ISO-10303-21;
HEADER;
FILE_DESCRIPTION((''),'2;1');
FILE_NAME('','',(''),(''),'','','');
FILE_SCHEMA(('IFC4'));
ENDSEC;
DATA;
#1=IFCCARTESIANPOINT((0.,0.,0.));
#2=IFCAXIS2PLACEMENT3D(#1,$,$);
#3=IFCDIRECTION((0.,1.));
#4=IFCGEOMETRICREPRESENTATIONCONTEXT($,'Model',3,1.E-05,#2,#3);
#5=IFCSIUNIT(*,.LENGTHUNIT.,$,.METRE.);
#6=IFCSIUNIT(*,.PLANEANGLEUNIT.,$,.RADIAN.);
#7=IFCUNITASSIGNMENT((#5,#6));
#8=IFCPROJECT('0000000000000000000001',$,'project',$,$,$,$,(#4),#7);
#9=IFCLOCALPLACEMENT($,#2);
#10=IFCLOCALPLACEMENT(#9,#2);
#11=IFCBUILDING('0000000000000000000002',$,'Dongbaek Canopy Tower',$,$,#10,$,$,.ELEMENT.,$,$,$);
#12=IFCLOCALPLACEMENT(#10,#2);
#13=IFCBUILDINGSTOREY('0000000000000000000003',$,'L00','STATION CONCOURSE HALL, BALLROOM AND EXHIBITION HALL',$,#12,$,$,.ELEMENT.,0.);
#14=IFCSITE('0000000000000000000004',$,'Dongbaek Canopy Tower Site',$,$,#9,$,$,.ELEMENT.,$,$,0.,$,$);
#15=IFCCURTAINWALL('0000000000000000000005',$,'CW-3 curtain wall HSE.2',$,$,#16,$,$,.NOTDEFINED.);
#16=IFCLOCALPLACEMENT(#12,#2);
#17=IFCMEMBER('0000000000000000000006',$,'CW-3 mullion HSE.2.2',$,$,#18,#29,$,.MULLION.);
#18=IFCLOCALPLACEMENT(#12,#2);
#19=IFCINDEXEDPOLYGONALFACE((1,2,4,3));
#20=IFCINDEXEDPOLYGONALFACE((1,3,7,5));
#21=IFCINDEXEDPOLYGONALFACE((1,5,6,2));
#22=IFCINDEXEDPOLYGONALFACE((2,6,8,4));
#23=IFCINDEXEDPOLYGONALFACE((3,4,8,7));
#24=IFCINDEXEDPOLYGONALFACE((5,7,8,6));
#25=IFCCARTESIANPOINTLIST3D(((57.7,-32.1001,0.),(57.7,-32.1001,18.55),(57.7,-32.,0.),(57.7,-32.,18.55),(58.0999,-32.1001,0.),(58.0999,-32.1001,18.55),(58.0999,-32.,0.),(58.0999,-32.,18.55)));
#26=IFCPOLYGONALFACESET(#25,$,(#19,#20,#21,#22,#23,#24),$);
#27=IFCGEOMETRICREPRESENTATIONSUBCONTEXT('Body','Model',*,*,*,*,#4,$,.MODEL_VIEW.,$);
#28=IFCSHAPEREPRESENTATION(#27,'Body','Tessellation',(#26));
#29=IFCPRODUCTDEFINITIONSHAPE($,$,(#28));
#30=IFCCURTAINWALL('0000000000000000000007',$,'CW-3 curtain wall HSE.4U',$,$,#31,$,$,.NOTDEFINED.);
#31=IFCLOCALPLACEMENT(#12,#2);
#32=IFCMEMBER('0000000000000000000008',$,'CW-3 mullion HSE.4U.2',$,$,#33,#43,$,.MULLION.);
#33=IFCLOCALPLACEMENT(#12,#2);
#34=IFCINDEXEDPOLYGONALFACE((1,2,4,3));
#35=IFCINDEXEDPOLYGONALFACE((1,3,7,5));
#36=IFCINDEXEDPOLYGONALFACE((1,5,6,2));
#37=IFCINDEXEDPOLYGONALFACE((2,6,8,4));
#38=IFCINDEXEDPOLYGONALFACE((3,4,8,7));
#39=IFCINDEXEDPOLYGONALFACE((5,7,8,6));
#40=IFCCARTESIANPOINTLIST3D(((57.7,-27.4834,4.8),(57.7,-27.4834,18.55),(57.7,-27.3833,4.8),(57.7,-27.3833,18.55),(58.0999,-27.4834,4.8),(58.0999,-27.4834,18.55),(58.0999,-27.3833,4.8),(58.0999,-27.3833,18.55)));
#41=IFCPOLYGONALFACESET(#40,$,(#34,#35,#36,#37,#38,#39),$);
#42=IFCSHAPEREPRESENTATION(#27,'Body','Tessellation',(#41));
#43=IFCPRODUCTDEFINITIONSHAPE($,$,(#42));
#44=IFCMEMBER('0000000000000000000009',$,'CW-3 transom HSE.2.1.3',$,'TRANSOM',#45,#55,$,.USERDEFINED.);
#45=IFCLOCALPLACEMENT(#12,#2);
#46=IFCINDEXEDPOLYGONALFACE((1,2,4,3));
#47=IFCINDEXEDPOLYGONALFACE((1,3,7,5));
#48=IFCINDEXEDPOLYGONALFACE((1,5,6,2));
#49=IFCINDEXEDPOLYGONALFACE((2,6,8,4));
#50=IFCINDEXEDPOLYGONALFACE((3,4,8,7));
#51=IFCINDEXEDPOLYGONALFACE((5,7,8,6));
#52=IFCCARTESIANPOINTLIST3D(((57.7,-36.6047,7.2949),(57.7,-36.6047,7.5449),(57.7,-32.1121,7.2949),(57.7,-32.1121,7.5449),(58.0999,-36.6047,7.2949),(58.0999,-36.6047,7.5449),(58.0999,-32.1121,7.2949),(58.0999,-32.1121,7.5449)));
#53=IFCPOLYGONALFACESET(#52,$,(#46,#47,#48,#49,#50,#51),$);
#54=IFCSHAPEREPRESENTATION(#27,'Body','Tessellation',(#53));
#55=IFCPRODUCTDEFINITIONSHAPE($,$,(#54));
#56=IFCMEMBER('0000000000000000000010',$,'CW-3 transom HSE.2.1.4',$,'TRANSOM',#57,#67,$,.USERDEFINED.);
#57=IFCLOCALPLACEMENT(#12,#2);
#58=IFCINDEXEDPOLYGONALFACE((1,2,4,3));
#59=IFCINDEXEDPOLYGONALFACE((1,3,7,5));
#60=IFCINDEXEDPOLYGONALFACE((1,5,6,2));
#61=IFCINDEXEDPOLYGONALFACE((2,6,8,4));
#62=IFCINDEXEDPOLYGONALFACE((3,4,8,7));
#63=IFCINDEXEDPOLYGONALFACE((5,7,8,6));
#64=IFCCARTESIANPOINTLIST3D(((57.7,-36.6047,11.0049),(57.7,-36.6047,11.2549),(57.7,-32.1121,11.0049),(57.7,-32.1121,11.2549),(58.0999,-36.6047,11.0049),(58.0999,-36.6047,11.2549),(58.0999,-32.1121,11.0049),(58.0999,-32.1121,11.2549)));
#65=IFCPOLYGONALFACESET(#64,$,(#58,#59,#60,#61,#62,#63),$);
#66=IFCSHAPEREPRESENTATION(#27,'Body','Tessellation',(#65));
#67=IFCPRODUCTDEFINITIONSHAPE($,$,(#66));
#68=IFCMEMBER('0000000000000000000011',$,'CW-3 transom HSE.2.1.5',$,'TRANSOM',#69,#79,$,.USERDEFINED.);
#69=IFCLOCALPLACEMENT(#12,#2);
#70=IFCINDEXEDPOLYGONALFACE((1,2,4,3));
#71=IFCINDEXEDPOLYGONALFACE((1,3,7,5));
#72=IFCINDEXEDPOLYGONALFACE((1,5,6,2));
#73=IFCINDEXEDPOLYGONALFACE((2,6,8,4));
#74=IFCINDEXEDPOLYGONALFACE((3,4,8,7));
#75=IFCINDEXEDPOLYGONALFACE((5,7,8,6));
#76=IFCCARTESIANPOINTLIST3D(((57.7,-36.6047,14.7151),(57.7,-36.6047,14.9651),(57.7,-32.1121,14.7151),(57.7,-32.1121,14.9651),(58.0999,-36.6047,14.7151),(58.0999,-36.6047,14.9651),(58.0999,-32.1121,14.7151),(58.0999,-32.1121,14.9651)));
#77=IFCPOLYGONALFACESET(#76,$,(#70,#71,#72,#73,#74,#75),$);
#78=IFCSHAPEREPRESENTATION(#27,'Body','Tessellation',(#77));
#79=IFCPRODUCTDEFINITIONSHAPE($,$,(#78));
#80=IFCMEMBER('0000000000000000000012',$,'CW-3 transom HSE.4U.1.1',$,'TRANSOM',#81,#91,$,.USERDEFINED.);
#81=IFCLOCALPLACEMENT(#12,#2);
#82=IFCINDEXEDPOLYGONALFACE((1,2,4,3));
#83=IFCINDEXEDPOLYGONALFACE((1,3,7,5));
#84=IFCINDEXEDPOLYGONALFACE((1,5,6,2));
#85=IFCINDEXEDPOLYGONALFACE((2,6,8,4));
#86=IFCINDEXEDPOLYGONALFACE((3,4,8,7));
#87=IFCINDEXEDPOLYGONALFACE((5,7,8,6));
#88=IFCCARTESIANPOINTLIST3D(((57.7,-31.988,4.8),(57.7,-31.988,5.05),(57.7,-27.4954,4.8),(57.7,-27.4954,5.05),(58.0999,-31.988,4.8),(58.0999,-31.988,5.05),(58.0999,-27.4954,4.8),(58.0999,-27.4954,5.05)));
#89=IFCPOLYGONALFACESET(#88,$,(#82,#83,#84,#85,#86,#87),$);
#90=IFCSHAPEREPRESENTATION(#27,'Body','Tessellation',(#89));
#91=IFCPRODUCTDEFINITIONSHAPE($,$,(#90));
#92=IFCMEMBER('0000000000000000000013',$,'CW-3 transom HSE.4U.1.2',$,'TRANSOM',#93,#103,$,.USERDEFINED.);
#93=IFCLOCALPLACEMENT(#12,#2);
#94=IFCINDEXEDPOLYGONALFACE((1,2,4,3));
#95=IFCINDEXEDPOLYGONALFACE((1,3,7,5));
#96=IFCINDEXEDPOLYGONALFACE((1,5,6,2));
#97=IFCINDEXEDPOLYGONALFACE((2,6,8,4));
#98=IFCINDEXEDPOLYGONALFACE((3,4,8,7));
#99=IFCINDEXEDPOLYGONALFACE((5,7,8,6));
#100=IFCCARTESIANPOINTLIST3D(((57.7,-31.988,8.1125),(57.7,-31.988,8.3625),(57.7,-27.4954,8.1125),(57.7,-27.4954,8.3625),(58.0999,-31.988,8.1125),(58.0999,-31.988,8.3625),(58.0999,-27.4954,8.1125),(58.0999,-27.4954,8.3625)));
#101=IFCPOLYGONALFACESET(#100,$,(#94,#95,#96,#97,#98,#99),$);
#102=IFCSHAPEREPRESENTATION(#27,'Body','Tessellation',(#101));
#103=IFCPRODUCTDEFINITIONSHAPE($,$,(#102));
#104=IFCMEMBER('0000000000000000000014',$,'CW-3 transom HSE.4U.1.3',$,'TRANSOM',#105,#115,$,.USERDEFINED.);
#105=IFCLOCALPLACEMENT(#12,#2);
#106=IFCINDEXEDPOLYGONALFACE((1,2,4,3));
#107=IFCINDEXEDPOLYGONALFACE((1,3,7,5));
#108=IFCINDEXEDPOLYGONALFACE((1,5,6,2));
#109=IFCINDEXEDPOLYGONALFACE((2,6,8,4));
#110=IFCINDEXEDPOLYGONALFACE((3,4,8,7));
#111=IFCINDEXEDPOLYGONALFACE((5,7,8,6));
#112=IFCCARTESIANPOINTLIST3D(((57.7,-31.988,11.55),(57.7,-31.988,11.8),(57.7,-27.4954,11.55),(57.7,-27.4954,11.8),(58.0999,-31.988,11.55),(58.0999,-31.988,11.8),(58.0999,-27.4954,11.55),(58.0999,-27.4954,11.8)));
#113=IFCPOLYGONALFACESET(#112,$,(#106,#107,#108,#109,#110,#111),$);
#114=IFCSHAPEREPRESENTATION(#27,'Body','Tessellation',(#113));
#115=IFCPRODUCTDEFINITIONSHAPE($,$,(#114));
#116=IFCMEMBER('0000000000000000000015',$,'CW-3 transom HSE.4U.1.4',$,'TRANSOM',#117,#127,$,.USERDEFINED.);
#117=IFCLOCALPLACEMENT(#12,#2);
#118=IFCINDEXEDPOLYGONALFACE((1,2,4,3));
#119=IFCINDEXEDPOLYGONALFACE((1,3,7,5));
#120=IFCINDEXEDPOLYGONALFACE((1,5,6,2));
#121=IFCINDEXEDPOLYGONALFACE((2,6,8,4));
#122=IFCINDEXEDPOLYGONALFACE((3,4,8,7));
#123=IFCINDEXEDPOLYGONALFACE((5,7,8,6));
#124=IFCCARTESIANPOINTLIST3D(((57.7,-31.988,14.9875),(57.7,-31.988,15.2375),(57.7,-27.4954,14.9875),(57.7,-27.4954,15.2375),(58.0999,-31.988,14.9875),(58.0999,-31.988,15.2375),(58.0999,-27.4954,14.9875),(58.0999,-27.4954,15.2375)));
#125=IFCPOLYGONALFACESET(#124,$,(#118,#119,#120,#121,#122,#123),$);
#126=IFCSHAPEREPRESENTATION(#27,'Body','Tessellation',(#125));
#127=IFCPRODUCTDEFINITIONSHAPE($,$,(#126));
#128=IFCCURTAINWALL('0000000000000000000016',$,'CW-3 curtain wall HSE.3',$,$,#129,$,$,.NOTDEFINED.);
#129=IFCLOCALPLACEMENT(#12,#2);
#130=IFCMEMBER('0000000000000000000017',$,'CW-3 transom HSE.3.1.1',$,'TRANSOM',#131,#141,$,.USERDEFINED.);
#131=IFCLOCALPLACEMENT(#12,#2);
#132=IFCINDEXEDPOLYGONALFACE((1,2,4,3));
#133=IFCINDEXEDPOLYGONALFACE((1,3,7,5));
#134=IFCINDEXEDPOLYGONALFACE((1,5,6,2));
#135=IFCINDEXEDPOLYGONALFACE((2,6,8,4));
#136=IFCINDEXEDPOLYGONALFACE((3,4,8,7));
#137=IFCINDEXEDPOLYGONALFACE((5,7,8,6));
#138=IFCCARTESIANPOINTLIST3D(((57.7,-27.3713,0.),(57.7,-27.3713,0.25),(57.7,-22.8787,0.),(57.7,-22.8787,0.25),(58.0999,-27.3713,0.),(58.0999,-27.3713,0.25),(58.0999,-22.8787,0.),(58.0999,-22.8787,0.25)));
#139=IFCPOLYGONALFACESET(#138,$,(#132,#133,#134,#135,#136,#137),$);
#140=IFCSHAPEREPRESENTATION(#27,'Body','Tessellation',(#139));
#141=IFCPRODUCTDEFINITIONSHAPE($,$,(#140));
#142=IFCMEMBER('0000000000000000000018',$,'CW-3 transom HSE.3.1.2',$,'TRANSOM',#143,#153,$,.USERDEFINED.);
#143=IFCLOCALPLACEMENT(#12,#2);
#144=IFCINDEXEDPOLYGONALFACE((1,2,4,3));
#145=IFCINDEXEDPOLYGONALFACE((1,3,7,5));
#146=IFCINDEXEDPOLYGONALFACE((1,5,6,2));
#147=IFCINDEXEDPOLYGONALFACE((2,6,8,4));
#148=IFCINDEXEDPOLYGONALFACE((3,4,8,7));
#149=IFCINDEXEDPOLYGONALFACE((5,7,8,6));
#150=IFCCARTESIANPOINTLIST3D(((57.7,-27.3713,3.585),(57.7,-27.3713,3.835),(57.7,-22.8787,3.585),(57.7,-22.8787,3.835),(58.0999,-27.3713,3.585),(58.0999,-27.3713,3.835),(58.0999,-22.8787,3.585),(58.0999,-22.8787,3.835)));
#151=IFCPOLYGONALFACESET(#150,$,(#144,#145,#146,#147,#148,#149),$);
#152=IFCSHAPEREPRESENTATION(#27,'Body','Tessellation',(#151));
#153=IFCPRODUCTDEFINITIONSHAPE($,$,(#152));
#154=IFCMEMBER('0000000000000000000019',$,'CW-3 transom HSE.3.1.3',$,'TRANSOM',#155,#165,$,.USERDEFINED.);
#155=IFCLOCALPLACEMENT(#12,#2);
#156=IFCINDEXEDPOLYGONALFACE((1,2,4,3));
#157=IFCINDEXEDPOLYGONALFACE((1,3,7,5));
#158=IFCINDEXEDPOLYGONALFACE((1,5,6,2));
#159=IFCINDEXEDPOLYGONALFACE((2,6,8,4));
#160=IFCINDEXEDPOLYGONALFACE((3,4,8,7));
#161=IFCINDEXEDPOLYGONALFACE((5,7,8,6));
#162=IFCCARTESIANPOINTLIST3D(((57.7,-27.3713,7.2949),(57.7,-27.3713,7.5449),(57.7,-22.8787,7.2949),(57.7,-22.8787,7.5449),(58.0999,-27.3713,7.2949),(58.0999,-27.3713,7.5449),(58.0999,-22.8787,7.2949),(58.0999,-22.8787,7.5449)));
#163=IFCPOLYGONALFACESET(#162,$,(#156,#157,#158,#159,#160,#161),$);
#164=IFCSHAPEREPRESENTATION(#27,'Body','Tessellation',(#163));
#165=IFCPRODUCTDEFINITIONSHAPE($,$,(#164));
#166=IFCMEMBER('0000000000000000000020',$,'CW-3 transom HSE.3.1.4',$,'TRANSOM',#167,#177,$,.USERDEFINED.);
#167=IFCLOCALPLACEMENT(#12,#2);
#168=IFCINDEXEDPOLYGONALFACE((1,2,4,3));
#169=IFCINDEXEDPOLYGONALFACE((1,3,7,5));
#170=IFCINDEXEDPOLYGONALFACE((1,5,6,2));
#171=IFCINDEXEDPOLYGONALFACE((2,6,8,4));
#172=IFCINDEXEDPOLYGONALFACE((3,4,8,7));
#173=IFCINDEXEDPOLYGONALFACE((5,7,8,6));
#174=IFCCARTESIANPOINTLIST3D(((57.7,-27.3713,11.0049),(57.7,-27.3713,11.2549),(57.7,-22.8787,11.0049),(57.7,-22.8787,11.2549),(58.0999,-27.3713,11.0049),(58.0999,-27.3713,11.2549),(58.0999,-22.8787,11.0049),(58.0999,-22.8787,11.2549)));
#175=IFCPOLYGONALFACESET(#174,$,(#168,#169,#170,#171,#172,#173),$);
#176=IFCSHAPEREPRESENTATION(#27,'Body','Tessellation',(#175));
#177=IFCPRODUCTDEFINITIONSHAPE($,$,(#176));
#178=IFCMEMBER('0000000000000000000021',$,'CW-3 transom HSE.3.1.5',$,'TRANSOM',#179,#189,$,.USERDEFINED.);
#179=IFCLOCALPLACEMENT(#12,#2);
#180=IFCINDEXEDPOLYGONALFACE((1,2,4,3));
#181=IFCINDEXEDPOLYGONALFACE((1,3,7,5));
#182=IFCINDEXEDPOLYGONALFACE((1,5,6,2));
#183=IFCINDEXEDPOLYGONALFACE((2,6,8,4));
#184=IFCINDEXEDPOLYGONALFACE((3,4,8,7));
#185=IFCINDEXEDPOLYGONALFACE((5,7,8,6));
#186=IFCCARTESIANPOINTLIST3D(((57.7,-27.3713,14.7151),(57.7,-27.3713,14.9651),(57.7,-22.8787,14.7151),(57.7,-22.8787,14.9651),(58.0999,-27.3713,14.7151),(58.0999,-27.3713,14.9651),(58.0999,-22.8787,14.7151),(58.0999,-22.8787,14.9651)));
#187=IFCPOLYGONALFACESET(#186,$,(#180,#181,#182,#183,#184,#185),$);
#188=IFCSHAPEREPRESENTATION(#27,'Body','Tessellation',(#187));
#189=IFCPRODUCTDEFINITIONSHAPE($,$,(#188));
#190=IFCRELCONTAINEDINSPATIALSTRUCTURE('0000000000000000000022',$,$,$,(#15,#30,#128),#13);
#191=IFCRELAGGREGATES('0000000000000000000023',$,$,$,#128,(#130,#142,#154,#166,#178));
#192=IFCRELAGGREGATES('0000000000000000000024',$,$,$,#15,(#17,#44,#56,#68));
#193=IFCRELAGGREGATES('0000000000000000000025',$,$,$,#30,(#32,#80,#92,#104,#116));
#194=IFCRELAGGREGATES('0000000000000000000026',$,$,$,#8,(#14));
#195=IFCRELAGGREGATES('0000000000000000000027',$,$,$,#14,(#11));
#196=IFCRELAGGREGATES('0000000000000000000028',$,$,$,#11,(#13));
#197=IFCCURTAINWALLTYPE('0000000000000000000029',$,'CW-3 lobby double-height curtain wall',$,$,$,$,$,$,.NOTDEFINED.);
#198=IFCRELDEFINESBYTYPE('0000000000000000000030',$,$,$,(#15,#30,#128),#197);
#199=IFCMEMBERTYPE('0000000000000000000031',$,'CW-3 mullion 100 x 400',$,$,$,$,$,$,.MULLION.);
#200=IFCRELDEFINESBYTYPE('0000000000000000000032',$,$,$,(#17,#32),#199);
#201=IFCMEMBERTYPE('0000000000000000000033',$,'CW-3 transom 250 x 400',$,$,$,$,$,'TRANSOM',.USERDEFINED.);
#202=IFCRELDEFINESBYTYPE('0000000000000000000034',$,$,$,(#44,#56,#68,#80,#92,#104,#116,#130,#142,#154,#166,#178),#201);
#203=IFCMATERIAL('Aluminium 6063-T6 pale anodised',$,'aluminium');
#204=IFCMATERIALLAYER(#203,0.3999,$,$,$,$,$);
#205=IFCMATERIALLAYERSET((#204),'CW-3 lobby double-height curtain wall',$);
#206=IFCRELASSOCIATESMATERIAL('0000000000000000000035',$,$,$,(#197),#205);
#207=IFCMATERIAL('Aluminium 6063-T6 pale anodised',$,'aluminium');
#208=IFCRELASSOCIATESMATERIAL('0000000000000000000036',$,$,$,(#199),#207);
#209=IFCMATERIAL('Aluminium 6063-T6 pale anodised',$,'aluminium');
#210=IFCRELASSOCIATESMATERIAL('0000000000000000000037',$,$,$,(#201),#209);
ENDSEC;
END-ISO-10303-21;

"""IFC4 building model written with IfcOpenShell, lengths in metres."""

from ifc_helpers import new_model, si_unit, direction, frame, origin, origin_2d, place, context, subcontext, project, spatial, rectangle, extrude, material, layer, layer_set, material_profile, profile_set, type_object, element, aggregate, save


model = new_model("IFC4")

# Units and contexts
model_context = context("Model", 3, precision=1e-05, world=origin(), true_north=direction((0.0, 1.0)))
body_context = subcontext(model_context, "Body", "Model", "MODEL_VIEW")
ifc_project = project(units=[si_unit("LENGTHUNIT", "METRE"), si_unit("PLANEANGLEUNIT", "RADIAN")], contexts=[model_context])

# Site, building, storey
site_placement = place(None, origin())
site = spatial("IfcSite", under=ifc_project, at=site_placement, Name="Dongbaek Canopy Tower Site", CompositionType="ELEMENT", RefElevation=0.0)
building_placement = place(site_placement, origin())
building = spatial("IfcBuilding", under=site, at=building_placement, Name="Dongbaek Canopy Tower", CompositionType="ELEMENT")
storey_placement = place(building_placement, origin())
storey = spatial("IfcBuildingStorey", under=building, at=storey_placement, Name="L00", Description="STATION CONCOURSE HALL, BALLROOM AND EXHIBITION HALL", CompositionType="ELEMENT", Elevation=0.0)

# Curtain walls, members
ifc_material_1 = material(Name="Aluminium 6063-T6 pale anodised", Category="aluminium")
ifc_layer_1 = layer(ifc_material_1, 0.3999)
ifc_layer_set_1 = layer_set([ifc_layer_1], Name="CW-3 lobby double-height curtain wall")
curtain_wall_type = type_object("IfcCurtainWallType", Name="CW-3 lobby double-height curtain wall", PredefinedType="NOTDEFINED", material=ifc_layer_set_1)
curtain_wall_1_placement = place(storey_placement, origin())
curtain_wall_1 = element("IfcCurtainWall", 1, at=curtain_wall_1_placement, inside=storey, type_object=curtain_wall_type, Name="CW-3 curtain wall HSE.2", PredefinedType="NOTDEFINED")
ifc_material_2 = material(Name="Aluminium 6063-T6 pale anodised", Category="aluminium")
ifc_material_profile_1 = material_profile(ifc_material_2, rectangle(XDim=0.3999, YDim=0.1001, at=origin_2d()), Name="CW-3 mullion 100 x 400")
ifc_profile_set_1 = profile_set([ifc_material_profile_1], Name="Aluminium 6063-T6 pale anodised")
member_type_1 = type_object("IfcMemberType", Name="CW-3 mullion 100 x 400", PredefinedType="MULLION", material=ifc_profile_set_1)
member_1_placement = place(storey_placement, frame((57.8999, -32.05, 0.0), z_axis=(0.0, 0.0, 1.0), x_axis=(1.0, 0.0, 0.0)))
member_1 = element("IfcMember", 2, at=member_1_placement, type_object=member_type_1, Name="CW-3 mullion HSE.2.2", PredefinedType="MULLION", context=body_context, shape_type="SweptSolid", body=[
    extrude(rectangle(XDim=0.3999, YDim=0.1001, at=origin_2d()), origin(), (0.0, 0.0, 1.0), 18.55),
])
curtain_wall_2_placement = place(storey_placement, origin())
curtain_wall_2 = element("IfcCurtainWall", 3, at=curtain_wall_2_placement, inside=storey, type_object=curtain_wall_type, Name="CW-3 curtain wall HSE.4U", PredefinedType="NOTDEFINED")
member_2_placement = place(storey_placement, frame((57.8999, -27.4333, 4.8), z_axis=(0.0, 0.0, 1.0), x_axis=(1.0, 0.0, 0.0)))
member_2 = element("IfcMember", 4, at=member_2_placement, type_object=member_type_1, Name="CW-3 mullion HSE.4U.2", PredefinedType="MULLION", context=body_context, shape_type="SweptSolid", body=[
    extrude(rectangle(XDim=0.3999, YDim=0.1001, at=origin_2d()), origin(), (0.0, 0.0, 1.0), 13.75),
])

# Members
ifc_material_3 = material(Name="Aluminium 6063-T6 pale anodised", Category="aluminium")
ifc_material_profile_2 = material_profile(ifc_material_3, rectangle(XDim=0.3999, YDim=0.25, at=origin_2d()), Name="CW-3 transom 250 x 400")
ifc_profile_set_2 = profile_set([ifc_material_profile_2], Name="Aluminium 6063-T6 pale anodised")
member_type_2 = type_object("IfcMemberType", Name="CW-3 transom 250 x 400", ElementType="TRANSOM", PredefinedType="USERDEFINED", material=ifc_profile_set_2)
member_3_placement = place(storey_placement, frame((57.8999, -36.6047, 7.4199), z_axis=(0.0, 1.0, 0.0), x_axis=(-1.0, 0.0, 0.0)))
member_3 = element("IfcMember", 5, at=member_3_placement, type_object=member_type_2, Name="CW-3 transom HSE.2.1.3", ObjectType="TRANSOM", PredefinedType="USERDEFINED", context=body_context, shape_type="SweptSolid", body=[
    extrude(rectangle(XDim=0.3999, YDim=0.25, at=origin_2d()), origin(), (0.0, 0.0, 1.0), 4.4927),
])
member_4_placement = place(storey_placement, frame((57.8999, -36.6047, 11.1299), z_axis=(0.0, 1.0, 0.0), x_axis=(-1.0, 0.0, 0.0)))
member_4 = element("IfcMember", 6, at=member_4_placement, type_object=member_type_2, Name="CW-3 transom HSE.2.1.4", ObjectType="TRANSOM", PredefinedType="USERDEFINED", context=body_context, shape_type="SweptSolid", body=[
    extrude(rectangle(XDim=0.3999, YDim=0.25, at=origin_2d()), origin(), (0.0, 0.0, 1.0), 4.4927),
])
member_5_placement = place(storey_placement, frame((57.8999, -36.6047, 14.8401), z_axis=(0.0, 1.0, 0.0), x_axis=(-1.0, 0.0, 0.0)))
member_5 = element("IfcMember", 7, at=member_5_placement, type_object=member_type_2, Name="CW-3 transom HSE.2.1.5", ObjectType="TRANSOM", PredefinedType="USERDEFINED", context=body_context, shape_type="SweptSolid", body=[
    extrude(rectangle(XDim=0.3999, YDim=0.25, at=origin_2d()), origin(), (0.0, 0.0, 1.0), 4.4927),
])
member_6_placement = place(storey_placement, frame((57.8999, -31.988, 4.925), z_axis=(0.0, 1.0, 0.0), x_axis=(-1.0, 0.0, 0.0)))
member_6 = element("IfcMember", 8, at=member_6_placement, type_object=member_type_2, Name="CW-3 transom HSE.4U.1.1", ObjectType="TRANSOM", PredefinedType="USERDEFINED", context=body_context, shape_type="SweptSolid", body=[
    extrude(rectangle(XDim=0.3999, YDim=0.25, at=origin_2d()), origin(), (0.0, 0.0, 1.0), 4.4927),
])
member_7_placement = place(storey_placement, frame((57.8999, -31.988, 8.2375), z_axis=(0.0, 1.0, 0.0), x_axis=(-1.0, 0.0, 0.0)))
member_7 = element("IfcMember", 9, at=member_7_placement, type_object=member_type_2, Name="CW-3 transom HSE.4U.1.2", ObjectType="TRANSOM", PredefinedType="USERDEFINED", context=body_context, shape_type="SweptSolid", body=[
    extrude(rectangle(XDim=0.3999, YDim=0.25, at=origin_2d()), origin(), (0.0, 0.0, 1.0), 4.4927),
])
member_8_placement = place(storey_placement, frame((57.8999, -31.988, 11.675), z_axis=(0.0, 1.0, 0.0), x_axis=(-1.0, 0.0, 0.0)))
member_8 = element("IfcMember", 10, at=member_8_placement, type_object=member_type_2, Name="CW-3 transom HSE.4U.1.3", ObjectType="TRANSOM", PredefinedType="USERDEFINED", context=body_context, shape_type="SweptSolid", body=[
    extrude(rectangle(XDim=0.3999, YDim=0.25, at=origin_2d()), origin(), (0.0, 0.0, 1.0), 4.4927),
])
member_9_placement = place(storey_placement, frame((57.8999, -31.988, 15.1125), z_axis=(0.0, 1.0, 0.0), x_axis=(-1.0, 0.0, 0.0)))
member_9 = element("IfcMember", 11, at=member_9_placement, type_object=member_type_2, Name="CW-3 transom HSE.4U.1.4", ObjectType="TRANSOM", PredefinedType="USERDEFINED", context=body_context, shape_type="SweptSolid", body=[
    extrude(rectangle(XDim=0.3999, YDim=0.25, at=origin_2d()), origin(), (0.0, 0.0, 1.0), 4.4927),
])

# Curtain wall, members
curtain_wall_3_placement = place(storey_placement, origin())
curtain_wall_3 = element("IfcCurtainWall", 12, at=curtain_wall_3_placement, inside=storey, type_object=curtain_wall_type, Name="CW-3 curtain wall HSE.3", PredefinedType="NOTDEFINED")
member_10_placement = place(storey_placement, frame((57.8999, -27.3713, 0.125), z_axis=(0.0, 1.0, 0.0), x_axis=(-1.0, 0.0, 0.0)))
member_10 = element("IfcMember", 13, at=member_10_placement, type_object=member_type_2, Name="CW-3 transom HSE.3.1.1", ObjectType="TRANSOM", PredefinedType="USERDEFINED", context=body_context, shape_type="SweptSolid", body=[
    extrude(rectangle(XDim=0.3999, YDim=0.25, at=origin_2d()), origin(), (0.0, 0.0, 1.0), 4.4927),
])
member_11_placement = place(storey_placement, frame((57.8999, -27.3713, 3.71), z_axis=(0.0, 1.0, 0.0), x_axis=(-1.0, 0.0, 0.0)))
member_11 = element("IfcMember", 14, at=member_11_placement, type_object=member_type_2, Name="CW-3 transom HSE.3.1.2", ObjectType="TRANSOM", PredefinedType="USERDEFINED", context=body_context, shape_type="SweptSolid", body=[
    extrude(rectangle(XDim=0.3999, YDim=0.25, at=origin_2d()), origin(), (0.0, 0.0, 1.0), 4.4927),
])
member_12_placement = place(storey_placement, frame((57.8999, -27.3713, 7.4199), z_axis=(0.0, 1.0, 0.0), x_axis=(-1.0, 0.0, 0.0)))
member_12 = element("IfcMember", 15, at=member_12_placement, type_object=member_type_2, Name="CW-3 transom HSE.3.1.3", ObjectType="TRANSOM", PredefinedType="USERDEFINED", context=body_context, shape_type="SweptSolid", body=[
    extrude(rectangle(XDim=0.3999, YDim=0.25, at=origin_2d()), origin(), (0.0, 0.0, 1.0), 4.4927),
])
member_13_placement = place(storey_placement, frame((57.8999, -27.3713, 11.1299), z_axis=(0.0, 1.0, 0.0), x_axis=(-1.0, 0.0, 0.0)))
member_13 = element("IfcMember", 16, at=member_13_placement, type_object=member_type_2, Name="CW-3 transom HSE.3.1.4", ObjectType="TRANSOM", PredefinedType="USERDEFINED", context=body_context, shape_type="SweptSolid", body=[
    extrude(rectangle(XDim=0.3999, YDim=0.25, at=origin_2d()), origin(), (0.0, 0.0, 1.0), 4.4927),
])
member_14_placement = place(storey_placement, frame((57.8999, -27.3713, 14.8401), z_axis=(0.0, 1.0, 0.0), x_axis=(-1.0, 0.0, 0.0)))
member_14 = element("IfcMember", 17, at=member_14_placement, type_object=member_type_2, Name="CW-3 transom HSE.3.1.5", ObjectType="TRANSOM", PredefinedType="USERDEFINED", context=body_context, shape_type="SweptSolid", body=[
    extrude(rectangle(XDim=0.3999, YDim=0.25, at=origin_2d()), origin(), (0.0, 0.0, 1.0), 4.4927),
])
aggregate(curtain_wall_3, [member_10, member_11, member_12, member_13, member_14])

aggregate(curtain_wall_1, [member_1, member_3, member_4, member_5])
aggregate(curtain_wall_2, [member_2, member_6, member_7, member_8, member_9])

save(model, "model.ifc")
